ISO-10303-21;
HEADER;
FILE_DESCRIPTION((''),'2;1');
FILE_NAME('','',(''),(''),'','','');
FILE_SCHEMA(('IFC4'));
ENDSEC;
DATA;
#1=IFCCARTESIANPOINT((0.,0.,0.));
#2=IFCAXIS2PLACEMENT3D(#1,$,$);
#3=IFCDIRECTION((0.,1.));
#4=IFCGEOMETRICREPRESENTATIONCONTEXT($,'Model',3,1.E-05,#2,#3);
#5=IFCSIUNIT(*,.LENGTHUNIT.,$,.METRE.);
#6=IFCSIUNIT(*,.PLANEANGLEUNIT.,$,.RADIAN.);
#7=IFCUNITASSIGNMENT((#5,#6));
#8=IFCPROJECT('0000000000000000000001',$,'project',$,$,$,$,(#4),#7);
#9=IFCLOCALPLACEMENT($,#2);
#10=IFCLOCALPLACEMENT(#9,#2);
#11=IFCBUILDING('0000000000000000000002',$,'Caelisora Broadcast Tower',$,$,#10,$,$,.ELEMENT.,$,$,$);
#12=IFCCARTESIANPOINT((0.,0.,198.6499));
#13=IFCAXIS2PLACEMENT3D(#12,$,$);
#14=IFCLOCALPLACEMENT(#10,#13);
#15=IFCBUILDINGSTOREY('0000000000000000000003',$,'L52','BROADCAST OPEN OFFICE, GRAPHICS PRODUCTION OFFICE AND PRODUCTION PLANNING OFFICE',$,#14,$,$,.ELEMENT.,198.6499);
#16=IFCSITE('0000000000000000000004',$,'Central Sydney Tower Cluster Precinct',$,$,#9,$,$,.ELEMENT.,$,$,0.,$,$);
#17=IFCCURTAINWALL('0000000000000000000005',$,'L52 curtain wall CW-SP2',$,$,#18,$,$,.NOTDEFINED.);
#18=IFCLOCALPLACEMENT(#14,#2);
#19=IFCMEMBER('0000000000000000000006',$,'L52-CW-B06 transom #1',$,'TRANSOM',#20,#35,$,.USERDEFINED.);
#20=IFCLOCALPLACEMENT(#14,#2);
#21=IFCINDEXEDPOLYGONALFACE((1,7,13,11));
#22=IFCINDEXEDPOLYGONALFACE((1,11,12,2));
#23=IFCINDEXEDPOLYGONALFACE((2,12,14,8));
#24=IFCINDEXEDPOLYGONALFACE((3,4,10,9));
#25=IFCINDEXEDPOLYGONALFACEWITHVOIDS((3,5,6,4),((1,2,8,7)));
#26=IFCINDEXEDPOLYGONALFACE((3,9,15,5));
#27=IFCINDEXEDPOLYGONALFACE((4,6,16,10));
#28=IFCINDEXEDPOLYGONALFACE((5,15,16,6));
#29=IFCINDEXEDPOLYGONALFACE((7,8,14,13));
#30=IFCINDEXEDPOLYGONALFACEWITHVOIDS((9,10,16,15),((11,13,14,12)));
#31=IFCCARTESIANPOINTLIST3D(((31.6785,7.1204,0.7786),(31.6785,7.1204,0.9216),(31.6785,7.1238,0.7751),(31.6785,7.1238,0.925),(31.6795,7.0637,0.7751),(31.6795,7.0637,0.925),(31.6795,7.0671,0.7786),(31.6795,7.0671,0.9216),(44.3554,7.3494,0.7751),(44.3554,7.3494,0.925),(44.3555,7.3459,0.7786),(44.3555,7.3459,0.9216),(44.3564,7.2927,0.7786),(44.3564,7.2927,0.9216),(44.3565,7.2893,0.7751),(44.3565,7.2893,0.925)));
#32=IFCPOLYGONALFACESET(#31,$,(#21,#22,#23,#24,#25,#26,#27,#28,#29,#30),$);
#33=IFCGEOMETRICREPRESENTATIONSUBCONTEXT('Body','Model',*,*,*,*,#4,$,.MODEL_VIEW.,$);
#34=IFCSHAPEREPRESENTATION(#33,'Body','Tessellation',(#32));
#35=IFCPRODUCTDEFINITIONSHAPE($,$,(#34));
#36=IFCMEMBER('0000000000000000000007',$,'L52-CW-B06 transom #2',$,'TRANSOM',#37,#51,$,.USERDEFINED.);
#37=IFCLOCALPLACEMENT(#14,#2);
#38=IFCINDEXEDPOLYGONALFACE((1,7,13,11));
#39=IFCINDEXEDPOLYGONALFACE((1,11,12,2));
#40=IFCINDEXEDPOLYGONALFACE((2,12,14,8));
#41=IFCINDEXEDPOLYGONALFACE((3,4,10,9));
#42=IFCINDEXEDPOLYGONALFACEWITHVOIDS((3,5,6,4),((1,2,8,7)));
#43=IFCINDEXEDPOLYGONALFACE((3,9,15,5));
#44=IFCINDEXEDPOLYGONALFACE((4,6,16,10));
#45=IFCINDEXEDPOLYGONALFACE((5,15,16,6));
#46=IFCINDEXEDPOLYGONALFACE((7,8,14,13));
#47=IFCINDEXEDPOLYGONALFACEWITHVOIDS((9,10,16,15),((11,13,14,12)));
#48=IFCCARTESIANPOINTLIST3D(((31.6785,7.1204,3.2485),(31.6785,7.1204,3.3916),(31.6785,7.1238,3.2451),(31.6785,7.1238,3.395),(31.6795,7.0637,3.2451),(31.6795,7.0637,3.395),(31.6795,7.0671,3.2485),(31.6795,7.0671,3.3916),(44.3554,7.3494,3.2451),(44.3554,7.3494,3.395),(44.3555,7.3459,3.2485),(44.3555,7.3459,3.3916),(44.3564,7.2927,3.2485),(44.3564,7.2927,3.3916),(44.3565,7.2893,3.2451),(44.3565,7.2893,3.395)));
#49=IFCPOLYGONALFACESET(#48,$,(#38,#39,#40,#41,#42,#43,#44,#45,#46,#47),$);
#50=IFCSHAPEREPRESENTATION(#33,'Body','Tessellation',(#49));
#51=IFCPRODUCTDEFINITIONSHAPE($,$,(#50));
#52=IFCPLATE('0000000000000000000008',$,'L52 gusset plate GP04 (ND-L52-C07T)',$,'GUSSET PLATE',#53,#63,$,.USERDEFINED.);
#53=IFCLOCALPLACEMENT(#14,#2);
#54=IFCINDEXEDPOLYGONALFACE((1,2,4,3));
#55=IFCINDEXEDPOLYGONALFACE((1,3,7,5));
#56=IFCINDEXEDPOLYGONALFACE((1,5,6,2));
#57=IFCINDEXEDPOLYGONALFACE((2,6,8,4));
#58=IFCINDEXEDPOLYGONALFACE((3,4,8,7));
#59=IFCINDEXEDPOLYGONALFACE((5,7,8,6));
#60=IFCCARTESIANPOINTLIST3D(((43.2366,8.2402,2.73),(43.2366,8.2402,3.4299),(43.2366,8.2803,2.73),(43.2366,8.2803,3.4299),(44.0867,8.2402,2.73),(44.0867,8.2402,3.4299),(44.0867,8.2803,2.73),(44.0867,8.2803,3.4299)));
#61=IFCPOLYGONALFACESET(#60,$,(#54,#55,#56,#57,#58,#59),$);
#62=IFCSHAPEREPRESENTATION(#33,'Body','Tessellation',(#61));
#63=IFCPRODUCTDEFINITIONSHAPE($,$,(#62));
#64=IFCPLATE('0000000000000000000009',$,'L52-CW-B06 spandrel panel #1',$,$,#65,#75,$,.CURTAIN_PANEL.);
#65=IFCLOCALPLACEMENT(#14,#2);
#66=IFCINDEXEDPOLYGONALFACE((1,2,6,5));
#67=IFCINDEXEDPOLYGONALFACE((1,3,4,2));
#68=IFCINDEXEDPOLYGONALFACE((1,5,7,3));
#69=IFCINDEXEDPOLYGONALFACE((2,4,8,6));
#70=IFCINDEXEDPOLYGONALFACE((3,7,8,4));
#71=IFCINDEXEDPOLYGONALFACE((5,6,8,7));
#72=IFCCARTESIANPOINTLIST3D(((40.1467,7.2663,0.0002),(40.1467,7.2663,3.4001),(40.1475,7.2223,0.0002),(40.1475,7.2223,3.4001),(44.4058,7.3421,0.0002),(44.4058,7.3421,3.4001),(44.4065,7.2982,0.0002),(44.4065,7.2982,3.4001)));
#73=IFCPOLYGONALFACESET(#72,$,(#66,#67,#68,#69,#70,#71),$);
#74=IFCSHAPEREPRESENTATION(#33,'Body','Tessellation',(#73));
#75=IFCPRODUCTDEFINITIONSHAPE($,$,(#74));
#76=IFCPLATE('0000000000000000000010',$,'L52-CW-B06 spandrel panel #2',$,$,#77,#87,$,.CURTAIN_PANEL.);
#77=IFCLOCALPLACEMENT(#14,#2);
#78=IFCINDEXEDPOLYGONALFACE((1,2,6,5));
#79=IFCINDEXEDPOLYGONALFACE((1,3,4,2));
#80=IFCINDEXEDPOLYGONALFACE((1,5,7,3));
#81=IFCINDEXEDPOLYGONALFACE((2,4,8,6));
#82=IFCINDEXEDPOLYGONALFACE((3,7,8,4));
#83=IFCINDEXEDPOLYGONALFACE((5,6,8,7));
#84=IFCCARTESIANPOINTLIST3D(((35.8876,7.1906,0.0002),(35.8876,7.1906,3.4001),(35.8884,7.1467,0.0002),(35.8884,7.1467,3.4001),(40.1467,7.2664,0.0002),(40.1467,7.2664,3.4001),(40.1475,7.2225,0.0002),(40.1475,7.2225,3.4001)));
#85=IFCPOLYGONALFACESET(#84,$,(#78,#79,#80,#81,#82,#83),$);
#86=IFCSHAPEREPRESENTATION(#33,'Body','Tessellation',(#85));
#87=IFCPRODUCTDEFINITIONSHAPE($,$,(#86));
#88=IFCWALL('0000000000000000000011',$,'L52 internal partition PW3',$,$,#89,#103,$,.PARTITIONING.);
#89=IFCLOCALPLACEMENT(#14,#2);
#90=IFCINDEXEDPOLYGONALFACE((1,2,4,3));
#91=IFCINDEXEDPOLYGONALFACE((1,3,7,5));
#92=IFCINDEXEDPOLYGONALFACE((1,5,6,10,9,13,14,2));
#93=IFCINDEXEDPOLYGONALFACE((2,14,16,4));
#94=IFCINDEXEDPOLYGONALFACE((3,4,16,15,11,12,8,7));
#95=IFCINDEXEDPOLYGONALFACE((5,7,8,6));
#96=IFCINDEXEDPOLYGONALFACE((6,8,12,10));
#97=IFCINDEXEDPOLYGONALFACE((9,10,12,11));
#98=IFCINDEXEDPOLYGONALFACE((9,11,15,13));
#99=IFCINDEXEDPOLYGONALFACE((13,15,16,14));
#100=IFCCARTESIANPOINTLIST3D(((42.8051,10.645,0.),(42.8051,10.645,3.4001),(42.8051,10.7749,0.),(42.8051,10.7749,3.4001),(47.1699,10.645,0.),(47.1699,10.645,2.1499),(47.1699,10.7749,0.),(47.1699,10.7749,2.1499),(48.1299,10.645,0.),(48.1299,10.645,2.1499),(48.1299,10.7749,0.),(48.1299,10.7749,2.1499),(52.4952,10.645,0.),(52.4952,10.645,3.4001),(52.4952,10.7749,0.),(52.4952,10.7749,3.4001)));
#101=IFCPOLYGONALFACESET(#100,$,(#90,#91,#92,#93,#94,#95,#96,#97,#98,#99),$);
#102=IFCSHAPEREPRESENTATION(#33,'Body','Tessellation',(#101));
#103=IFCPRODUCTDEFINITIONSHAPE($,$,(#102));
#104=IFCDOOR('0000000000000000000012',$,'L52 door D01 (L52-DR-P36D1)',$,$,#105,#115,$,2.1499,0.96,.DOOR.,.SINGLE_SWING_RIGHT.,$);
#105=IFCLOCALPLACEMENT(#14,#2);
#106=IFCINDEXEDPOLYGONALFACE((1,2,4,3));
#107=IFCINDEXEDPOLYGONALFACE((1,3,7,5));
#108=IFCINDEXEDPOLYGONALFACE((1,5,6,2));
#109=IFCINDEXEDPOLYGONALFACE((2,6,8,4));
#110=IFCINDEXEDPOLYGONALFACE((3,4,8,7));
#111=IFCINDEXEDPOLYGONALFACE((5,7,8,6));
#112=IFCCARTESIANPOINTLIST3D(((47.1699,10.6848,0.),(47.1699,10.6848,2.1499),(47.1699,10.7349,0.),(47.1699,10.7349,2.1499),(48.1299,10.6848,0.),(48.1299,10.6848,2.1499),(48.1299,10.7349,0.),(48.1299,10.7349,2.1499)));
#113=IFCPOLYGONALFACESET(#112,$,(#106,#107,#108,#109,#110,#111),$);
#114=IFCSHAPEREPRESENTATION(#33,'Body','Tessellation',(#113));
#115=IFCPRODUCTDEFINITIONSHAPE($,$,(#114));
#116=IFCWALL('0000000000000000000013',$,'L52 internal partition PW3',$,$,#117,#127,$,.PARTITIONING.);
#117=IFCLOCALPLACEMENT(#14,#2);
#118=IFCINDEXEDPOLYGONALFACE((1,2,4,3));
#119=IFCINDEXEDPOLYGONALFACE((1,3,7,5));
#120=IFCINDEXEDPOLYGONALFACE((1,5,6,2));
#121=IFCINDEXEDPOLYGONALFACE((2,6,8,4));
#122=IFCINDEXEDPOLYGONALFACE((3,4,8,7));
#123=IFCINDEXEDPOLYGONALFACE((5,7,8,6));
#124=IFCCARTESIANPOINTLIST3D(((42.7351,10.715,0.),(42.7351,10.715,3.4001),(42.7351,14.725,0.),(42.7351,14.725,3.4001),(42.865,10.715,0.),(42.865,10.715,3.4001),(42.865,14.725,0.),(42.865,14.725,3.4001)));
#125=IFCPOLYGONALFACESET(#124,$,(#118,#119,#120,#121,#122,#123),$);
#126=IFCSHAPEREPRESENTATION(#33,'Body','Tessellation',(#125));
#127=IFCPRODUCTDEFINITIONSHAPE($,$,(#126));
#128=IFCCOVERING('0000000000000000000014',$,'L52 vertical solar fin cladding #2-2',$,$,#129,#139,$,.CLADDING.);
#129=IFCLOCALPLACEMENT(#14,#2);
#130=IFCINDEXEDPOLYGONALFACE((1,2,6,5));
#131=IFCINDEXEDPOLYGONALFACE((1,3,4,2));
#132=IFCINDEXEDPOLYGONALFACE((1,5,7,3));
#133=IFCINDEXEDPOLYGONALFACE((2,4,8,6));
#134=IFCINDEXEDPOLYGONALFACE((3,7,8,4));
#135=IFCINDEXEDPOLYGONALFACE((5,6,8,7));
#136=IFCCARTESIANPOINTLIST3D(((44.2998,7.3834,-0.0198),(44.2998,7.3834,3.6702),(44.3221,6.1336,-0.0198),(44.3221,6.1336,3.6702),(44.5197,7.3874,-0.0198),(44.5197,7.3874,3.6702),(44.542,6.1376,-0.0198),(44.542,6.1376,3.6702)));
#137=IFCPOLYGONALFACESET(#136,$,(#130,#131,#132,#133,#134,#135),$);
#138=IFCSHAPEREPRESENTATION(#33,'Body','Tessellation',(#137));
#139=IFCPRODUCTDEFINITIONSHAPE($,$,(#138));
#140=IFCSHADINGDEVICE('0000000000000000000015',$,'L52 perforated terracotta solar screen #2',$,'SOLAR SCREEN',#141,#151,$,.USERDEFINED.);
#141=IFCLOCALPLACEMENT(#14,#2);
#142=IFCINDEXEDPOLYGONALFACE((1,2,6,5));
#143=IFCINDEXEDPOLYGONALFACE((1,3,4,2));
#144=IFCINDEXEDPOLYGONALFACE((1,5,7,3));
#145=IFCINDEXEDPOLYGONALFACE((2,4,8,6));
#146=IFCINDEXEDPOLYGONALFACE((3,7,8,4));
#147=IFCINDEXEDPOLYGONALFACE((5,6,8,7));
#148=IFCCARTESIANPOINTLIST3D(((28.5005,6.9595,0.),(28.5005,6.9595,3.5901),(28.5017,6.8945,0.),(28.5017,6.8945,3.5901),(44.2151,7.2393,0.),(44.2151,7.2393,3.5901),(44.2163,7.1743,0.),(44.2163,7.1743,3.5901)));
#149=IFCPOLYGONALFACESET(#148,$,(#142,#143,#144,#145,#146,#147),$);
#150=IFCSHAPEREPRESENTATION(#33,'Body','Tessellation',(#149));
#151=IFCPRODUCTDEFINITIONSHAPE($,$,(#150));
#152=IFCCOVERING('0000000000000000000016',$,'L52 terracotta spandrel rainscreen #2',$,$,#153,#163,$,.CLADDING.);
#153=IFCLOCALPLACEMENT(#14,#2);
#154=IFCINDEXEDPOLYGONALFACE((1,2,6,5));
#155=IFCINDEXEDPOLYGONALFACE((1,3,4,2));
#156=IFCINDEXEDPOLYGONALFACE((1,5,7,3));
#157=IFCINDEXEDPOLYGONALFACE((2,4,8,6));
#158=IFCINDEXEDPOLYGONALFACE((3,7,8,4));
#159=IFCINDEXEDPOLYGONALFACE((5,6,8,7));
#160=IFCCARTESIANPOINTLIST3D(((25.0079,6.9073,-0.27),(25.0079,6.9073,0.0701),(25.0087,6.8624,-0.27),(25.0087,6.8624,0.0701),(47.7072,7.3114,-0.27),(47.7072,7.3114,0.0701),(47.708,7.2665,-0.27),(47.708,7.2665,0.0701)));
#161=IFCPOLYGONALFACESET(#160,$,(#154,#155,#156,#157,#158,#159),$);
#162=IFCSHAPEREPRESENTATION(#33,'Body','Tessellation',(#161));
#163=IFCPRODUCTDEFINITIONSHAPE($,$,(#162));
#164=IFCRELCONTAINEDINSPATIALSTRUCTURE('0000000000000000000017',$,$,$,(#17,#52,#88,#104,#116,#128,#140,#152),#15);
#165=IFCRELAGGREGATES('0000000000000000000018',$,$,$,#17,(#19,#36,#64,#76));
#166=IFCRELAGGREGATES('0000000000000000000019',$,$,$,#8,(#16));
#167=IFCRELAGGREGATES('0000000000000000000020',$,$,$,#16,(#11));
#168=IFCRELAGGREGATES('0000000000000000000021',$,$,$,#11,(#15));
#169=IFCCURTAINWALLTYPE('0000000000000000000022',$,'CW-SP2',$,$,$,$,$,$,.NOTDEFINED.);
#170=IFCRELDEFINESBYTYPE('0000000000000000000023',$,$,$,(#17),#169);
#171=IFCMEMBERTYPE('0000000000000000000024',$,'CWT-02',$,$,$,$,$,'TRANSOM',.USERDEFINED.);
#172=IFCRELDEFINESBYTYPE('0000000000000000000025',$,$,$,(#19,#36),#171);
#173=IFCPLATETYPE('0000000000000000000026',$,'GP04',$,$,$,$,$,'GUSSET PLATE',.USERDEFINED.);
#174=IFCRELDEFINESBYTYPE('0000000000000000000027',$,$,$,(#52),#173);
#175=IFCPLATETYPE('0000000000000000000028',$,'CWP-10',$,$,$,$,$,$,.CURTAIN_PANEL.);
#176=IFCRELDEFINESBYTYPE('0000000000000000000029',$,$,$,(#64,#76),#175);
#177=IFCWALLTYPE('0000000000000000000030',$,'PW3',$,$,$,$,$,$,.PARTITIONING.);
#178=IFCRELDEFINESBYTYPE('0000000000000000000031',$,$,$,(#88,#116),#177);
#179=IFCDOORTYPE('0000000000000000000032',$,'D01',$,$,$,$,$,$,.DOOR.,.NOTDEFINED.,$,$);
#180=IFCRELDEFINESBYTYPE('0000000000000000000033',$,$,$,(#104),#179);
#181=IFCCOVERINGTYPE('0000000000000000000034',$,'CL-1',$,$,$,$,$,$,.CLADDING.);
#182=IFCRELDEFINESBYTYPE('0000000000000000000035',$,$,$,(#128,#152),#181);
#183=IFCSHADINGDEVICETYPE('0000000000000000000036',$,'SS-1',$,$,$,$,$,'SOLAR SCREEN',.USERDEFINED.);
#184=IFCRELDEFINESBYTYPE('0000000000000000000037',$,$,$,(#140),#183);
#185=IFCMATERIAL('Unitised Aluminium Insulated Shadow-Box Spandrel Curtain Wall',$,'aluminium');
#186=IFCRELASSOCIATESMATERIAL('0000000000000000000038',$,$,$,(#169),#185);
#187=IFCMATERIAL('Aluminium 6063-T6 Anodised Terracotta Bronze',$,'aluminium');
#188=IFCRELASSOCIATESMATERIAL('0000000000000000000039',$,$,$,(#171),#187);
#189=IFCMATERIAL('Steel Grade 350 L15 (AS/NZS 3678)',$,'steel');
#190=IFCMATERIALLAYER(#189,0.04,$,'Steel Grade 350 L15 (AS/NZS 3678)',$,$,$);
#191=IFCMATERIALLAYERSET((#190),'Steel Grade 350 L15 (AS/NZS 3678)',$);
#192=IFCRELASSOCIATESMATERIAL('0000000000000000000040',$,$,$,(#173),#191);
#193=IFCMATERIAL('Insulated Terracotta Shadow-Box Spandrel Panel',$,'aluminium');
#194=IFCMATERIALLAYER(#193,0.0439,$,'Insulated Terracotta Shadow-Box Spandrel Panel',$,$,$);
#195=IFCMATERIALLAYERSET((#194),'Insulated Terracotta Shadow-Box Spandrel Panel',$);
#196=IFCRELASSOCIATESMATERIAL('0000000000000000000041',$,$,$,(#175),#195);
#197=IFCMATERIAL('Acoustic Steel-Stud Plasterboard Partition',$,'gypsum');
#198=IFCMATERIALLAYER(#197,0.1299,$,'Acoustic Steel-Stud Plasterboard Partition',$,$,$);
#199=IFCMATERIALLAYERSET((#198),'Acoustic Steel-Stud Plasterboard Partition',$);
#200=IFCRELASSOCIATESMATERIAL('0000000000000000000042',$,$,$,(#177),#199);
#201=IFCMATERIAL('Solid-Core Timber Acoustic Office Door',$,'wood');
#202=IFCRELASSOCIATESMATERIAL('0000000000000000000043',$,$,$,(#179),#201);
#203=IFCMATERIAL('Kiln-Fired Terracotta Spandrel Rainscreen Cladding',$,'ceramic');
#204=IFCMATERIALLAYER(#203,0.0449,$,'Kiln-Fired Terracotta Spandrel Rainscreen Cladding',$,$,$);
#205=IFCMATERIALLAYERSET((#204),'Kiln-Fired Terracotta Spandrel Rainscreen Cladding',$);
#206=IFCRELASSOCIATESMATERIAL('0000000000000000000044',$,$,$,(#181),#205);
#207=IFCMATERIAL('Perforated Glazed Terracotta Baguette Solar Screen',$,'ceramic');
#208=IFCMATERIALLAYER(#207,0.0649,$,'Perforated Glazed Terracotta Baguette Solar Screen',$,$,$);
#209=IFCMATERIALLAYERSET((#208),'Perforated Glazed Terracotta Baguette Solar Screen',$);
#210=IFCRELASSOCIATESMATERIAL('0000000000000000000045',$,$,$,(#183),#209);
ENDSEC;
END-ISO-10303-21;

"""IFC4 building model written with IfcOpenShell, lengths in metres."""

from ifc_helpers import new_model, si_unit, direction, frame, frame_2d, origin, origin_2d, place, context, subcontext, project, spatial, rectangle, hollow_rectangle, extrude, source, transform, mapped, material, layer, layer_set, material_profile, profile_set, type_object, type_shapes, element, fill, aggregate, save


model = new_model("IFC4")

# Units and contexts
model_context = context("Model", 3, precision=1e-05, world=origin(), true_north=direction((0.0, 1.0)))
body_context = subcontext(model_context, "Body", "Model", "MODEL_VIEW")
ifc_project = project(units=[si_unit("LENGTHUNIT", "METRE"), si_unit("PLANEANGLEUNIT", "RADIAN")], contexts=[model_context])

# Site, building, storey
site_placement = place(None, origin())
site = spatial("IfcSite", under=ifc_project, at=site_placement, Name="Central Sydney Tower Cluster Precinct", CompositionType="ELEMENT", RefElevation=0.0)
building_placement = place(site_placement, origin())
building = spatial("IfcBuilding", under=site, at=building_placement, Name="Caelisora Broadcast Tower", CompositionType="ELEMENT")
storey_placement = place(building_placement, frame((0.0, 0.0, 198.6499)))
storey = spatial("IfcBuildingStorey", under=building, at=storey_placement, Name="L52", Description="BROADCAST OPEN OFFICE, GRAPHICS PRODUCTION OFFICE AND PRODUCTION PLANNING OFFICE", CompositionType="ELEMENT", Elevation=198.6499)

# Shared definitions
ifc_material_1 = material(Name="Steel Grade 350 L15 (AS/NZS 3678)", Category="steel")

# Shared definitions
ifc_material_2 = material(Name="Aluminium 6063-T6 Anodised Terracotta Bronze", Category="aluminium")

# Curtain wall, members
ifc_material_3 = material(Name="Unitised Aluminium Insulated Shadow-Box Spandrel Curtain Wall", Category="aluminium")
curtain_wall_type_1 = type_object("IfcCurtainWallType", Name="CW-SP2", PredefinedType="NOTDEFINED", material=ifc_material_3)
curtain_wall_1_placement = place(storey_placement, origin())
curtain_wall_1 = element("IfcCurtainWall", 1, at=curtain_wall_1_placement, inside=storey, type_object=curtain_wall_type_1, Name="L52 curtain wall CW-SP2", PredefinedType="NOTDEFINED")
ifc_material_profile_1 = material_profile(ifc_material_2, hollow_rectangle(XDim=0.0601, YDim=0.1499, WallThickness=0.0034, at=origin_2d()), Name="Aluminium 6063-T6 Anodised Terracotta Bronze")
ifc_profile_set_1 = profile_set([ifc_material_profile_1], Name="Aluminium 6063-T6 Anodised Terracotta Bronze")
member_type_1 = type_object("IfcMemberType", Name="CWT-02", ElementType="TRANSOM", PredefinedType="USERDEFINED", material=ifc_profile_set_1)
shared_shape_1 = source(origin(), body_context, "Body", "SweptSolid", [
    extrude(hollow_rectangle(XDim=0.0601, YDim=0.1499, WallThickness=0.0034, at=origin_2d()), origin(), (0.0, 0.0, 1.0), 12.679),
])
type_shapes(member_type_1, [shared_shape_1])
member_1_placement = place(storey_placement, frame((44.356, 7.3193, 0.8501), z_axis=(-0.999842, -0.017792, 0.0), x_axis=(0.017792, -0.999842, 0.0)))
member_1 = element("IfcMember", 2, at=member_1_placement, type_object=member_type_1, Name="L52-CW-B06 transom #1", ObjectType="TRANSOM", PredefinedType="USERDEFINED", context=body_context, shape_type="MappedRepresentation", body=[
    mapped(shared_shape_1, transform((0.0, 0.0, 0.0), scale=1.0)),
])
member_2_placement = place(storey_placement, frame((44.356, 7.3193, 3.3201), z_axis=(-0.999842, -0.017792, 0.0), x_axis=(0.017792, -0.999842, 0.0)))
member_2 = element("IfcMember", 3, at=member_2_placement, type_object=member_type_1, Name="L52-CW-B06 transom #2", ObjectType="TRANSOM", PredefinedType="USERDEFINED", context=body_context, shape_type="MappedRepresentation", body=[
    mapped(shared_shape_1, transform((0.0, 0.0, 0.0), scale=1.0)),
])

# Plates
ifc_layer_1 = layer(ifc_material_1, 0.04, Name="Steel Grade 350 L15 (AS/NZS 3678)")
ifc_layer_set_1 = layer_set([ifc_layer_1], Name="Steel Grade 350 L15 (AS/NZS 3678)")
plate_type_1 = type_object("IfcPlateType", Name="GP04", ElementType="GUSSET PLATE", PredefinedType="USERDEFINED", material=ifc_layer_set_1)
shared_shape_2 = source(origin(), body_context, "Body", "SweptSolid", [
    extrude(rectangle(XDim=0.8501, YDim=0.04, at=origin_2d()), origin(), (0.0, 0.0, 1.0), 0.7),
])
type_shapes(plate_type_1, [shared_shape_2])
plate_1_placement = place(storey_placement, frame((43.6616, 8.2603, 2.73), z_axis=(0.0, 0.0, 1.0), x_axis=(1.0, 0.0, 0.0)))
element("IfcPlate", 4, at=plate_1_placement, inside=storey, type_object=plate_type_1, Name="L52 gusset plate GP04 (ND-L52-C07T)", ObjectType="GUSSET PLATE", PredefinedType="USERDEFINED", context=body_context, shape_type="MappedRepresentation", body=[
    mapped(shared_shape_2, transform((0.0, 0.0, 0.0), scale=1.0)),
])
ifc_material_4 = material(Name="Insulated Terracotta Shadow-Box Spandrel Panel", Category="aluminium")
ifc_layer_2 = layer(ifc_material_4, 0.0439, Name="Insulated Terracotta Shadow-Box Spandrel Panel")
ifc_layer_set_2 = layer_set([ifc_layer_2], Name="Insulated Terracotta Shadow-Box Spandrel Panel")
plate_type_2 = type_object("IfcPlateType", Name="CWP-10", PredefinedType="CURTAIN_PANEL", material=ifc_layer_set_2)
shared_shape_3 = source(origin(), body_context, "Body", "SweptSolid", [
    extrude(rectangle(XDim=4.2598, YDim=0.0439, at=origin_2d()), origin(), (0.0, 0.0, 1.0), 3.3999),
])
type_shapes(plate_type_2, [shared_shape_3])
plate_2_placement = place(storey_placement, frame((42.2766, 7.2822, 0.0002), z_axis=(0.0, 0.0, 1.0), x_axis=(-0.999842, -0.017801, 0.0)))
plate_2 = element("IfcPlate", 5, at=plate_2_placement, type_object=plate_type_2, Name="L52-CW-B06 spandrel panel #1", PredefinedType="CURTAIN_PANEL", context=body_context, shape_type="MappedRepresentation", body=[
    mapped(shared_shape_3, transform((0.0, 0.0, 0.0), scale=1.0)),
])
plate_3_placement = place(storey_placement, frame((38.0176, 7.2065, 0.0002), z_axis=(0.0, 0.0, 1.0), x_axis=(-0.999842, -0.017801, 0.0)))
plate_3 = element("IfcPlate", 6, at=plate_3_placement, type_object=plate_type_2, Name="L52-CW-B06 spandrel panel #2", PredefinedType="CURTAIN_PANEL", context=body_context, shape_type="MappedRepresentation", body=[
    mapped(shared_shape_3, transform((0.0, 0.0, 0.0), scale=1.0)),
])
aggregate(curtain_wall_1, [member_1, member_2, plate_2, plate_3])

# Wall, opening, door
ifc_material_5 = material(Name="Acoustic Steel-Stud Plasterboard Partition", Category="gypsum")
ifc_layer_3 = layer(ifc_material_5, 0.1299, Name="Acoustic Steel-Stud Plasterboard Partition")
ifc_layer_set_3 = layer_set([ifc_layer_3], Name="Acoustic Steel-Stud Plasterboard Partition")
wall_type = type_object("IfcWallType", Name="PW3", PredefinedType="PARTITIONING", material=ifc_layer_set_3)
wall_1_placement = place(storey_placement, frame((42.8049, 10.71, 0.0), z_axis=(0.0, 0.0, 1.0), x_axis=(1.0, 0.0, 0.0)))
wall_1 = element("IfcWall", 7, at=wall_1_placement, inside=storey, type_object=wall_type, Name="L52 internal partition PW3", PredefinedType="PARTITIONING", context=body_context, shape_type="SweptSolid", body=[
    extrude(rectangle(XDim=9.6902, YDim=0.1299, at=frame_2d((4.8452, 0.0))), origin(), (0.0, 0.0, 1.0), 3.4001),
])
opening_1_placement = place(wall_1_placement, frame((4.365, 0.0, 0.0)))
opening_1 = element("IfcOpeningElement", 8, at=opening_1_placement, cuts=wall_1, PredefinedType="OPENING", context=body_context, shape_type="SweptSolid", body=[
    extrude(rectangle(XDim=0.96, YDim=2.1499, at=frame_2d((0.48, 1.075))), frame((0.0, 0.0769, 0.0), z_axis=(0.0, -1.0, 0.0), x_axis=(1.0, 0.0, 0.0)), (0.0, 0.0, 1.0), 0.1538),
])
ifc_material_6 = material(Name="Solid-Core Timber Acoustic Office Door", Category="wood")
door_type = type_object("IfcDoorType", Name="D01", OperationType="NOTDEFINED", PredefinedType="DOOR", material=ifc_material_6)
door_1_placement = place(opening_1_placement, origin())
door_1 = element("IfcDoor", 9, at=door_1_placement, inside=storey, type_object=door_type, Name="L52 door D01 (L52-DR-P36D1)", OperationType="SINGLE_SWING_RIGHT", OverallHeight=2.1499, OverallWidth=0.96, PredefinedType="DOOR", context=body_context, shape_type="SweptSolid", body=[
    extrude(rectangle(XDim=0.96, YDim=2.1499, at=frame_2d((0.48, 1.075))), frame((0.0, 0.0249, 0.0), z_axis=(0.0, -1.0, 0.0), x_axis=(1.0, 0.0, 0.0)), (0.0, 0.0, 1.0), 0.05),
])
fill(opening_1, door_1)

# Wall
wall_2_placement = place(storey_placement, frame((42.8, 10.7151, 0.0), z_axis=(0.0, 0.0, 1.0), x_axis=(0.0, 1.0, 0.0)))
element("IfcWall", 10, at=wall_2_placement, inside=storey, type_object=wall_type, Name="L52 internal partition PW3", PredefinedType="PARTITIONING", context=body_context, shape_type="SweptSolid", body=[
    extrude(rectangle(XDim=4.01, YDim=0.1299, at=frame_2d((2.0049, 0.0))), origin(), (0.0, 0.0, 1.0), 3.4001),
])

# Covering
ifc_material_7 = material(Name="Kiln-Fired Terracotta Spandrel Rainscreen Cladding", Category="ceramic")
ifc_layer_4 = layer(ifc_material_7, 0.0449, Name="Kiln-Fired Terracotta Spandrel Rainscreen Cladding")
ifc_layer_set_4 = layer_set([ifc_layer_4], Name="Kiln-Fired Terracotta Spandrel Rainscreen Cladding")
covering_type = type_object("IfcCoveringType", Name="CL-1", PredefinedType="CLADDING", material=ifc_layer_set_4)
shared_shape_4 = source(origin(), body_context, "Body", "SweptSolid", [
    extrude(rectangle(XDim=0.22, YDim=1.25, at=origin_2d()), origin(), (0.0, 0.0, 1.0), 3.6899),
])
covering_1_placement = place(storey_placement, frame((44.4209, 6.7605, -0.0198), z_axis=(0.0, 0.0, 1.0), x_axis=(-0.999842, -0.017801, 0.0)))
element("IfcCovering", 11, at=covering_1_placement, inside=storey, type_object=covering_type, Name="L52 vertical solar fin cladding #2-2", PredefinedType="CLADDING", context=body_context, shape_type="MappedRepresentation", body=[
    mapped(shared_shape_4, transform((0.0, 0.0, 0.0), scale=1.0)),
])

# Shading device
ifc_material_8 = material(Name="Perforated Glazed Terracotta Baguette Solar Screen", Category="ceramic")
ifc_layer_5 = layer(ifc_material_8, 0.0649, Name="Perforated Glazed Terracotta Baguette Solar Screen")
ifc_layer_set_5 = layer_set([ifc_layer_5], Name="Perforated Glazed Terracotta Baguette Solar Screen")
shading_device_type = type_object("IfcShadingDeviceType", Name="SS-1", ElementType="SOLAR SCREEN", PredefinedType="USERDEFINED", material=ifc_layer_set_5)
shared_shape_5 = source(origin(), body_context, "Body", "SweptSolid", [
    extrude(rectangle(XDim=15.717, YDim=0.0649, at=origin_2d()), origin(), (0.0, 0.0, 1.0), 3.5901),
])
type_shapes(shading_device_type, [shared_shape_5])
shading_device_placement = place(storey_placement, frame((36.3584, 7.0669, 0.0), z_axis=(0.0, 0.0, 1.0), x_axis=(0.999842, 0.017801, 0.0)))
element("IfcShadingDevice", 12, at=shading_device_placement, inside=storey, type_object=shading_device_type, Name="L52 perforated terracotta solar screen #2", ObjectType="SOLAR SCREEN", PredefinedType="USERDEFINED", context=body_context, shape_type="MappedRepresentation", body=[
    mapped(shared_shape_5, transform((0.0, 0.0, 0.0), scale=1.0)),
])

# Covering
shared_shape_6 = source(origin(), body_context, "Body", "SweptSolid", [
    extrude(rectangle(XDim=22.7029, YDim=0.0449, at=origin_2d()), origin(), (0.0, 0.0, 1.0), 0.3401),
])
type_shapes(covering_type, [shared_shape_4, shared_shape_6])
covering_2_placement = place(storey_placement, frame((36.3579, 7.0869, -0.27), z_axis=(0.0, 0.0, 1.0), x_axis=(0.999842, 0.017801, 0.0)))
element("IfcCovering", 13, at=covering_2_placement, inside=storey, type_object=covering_type, Name="L52 terracotta spandrel rainscreen #2", PredefinedType="CLADDING", context=body_context, shape_type="MappedRepresentation", body=[
    mapped(shared_shape_6, transform((0.0, 0.0, 0.0), scale=1.0)),
])

save(model, "model.ifc")
